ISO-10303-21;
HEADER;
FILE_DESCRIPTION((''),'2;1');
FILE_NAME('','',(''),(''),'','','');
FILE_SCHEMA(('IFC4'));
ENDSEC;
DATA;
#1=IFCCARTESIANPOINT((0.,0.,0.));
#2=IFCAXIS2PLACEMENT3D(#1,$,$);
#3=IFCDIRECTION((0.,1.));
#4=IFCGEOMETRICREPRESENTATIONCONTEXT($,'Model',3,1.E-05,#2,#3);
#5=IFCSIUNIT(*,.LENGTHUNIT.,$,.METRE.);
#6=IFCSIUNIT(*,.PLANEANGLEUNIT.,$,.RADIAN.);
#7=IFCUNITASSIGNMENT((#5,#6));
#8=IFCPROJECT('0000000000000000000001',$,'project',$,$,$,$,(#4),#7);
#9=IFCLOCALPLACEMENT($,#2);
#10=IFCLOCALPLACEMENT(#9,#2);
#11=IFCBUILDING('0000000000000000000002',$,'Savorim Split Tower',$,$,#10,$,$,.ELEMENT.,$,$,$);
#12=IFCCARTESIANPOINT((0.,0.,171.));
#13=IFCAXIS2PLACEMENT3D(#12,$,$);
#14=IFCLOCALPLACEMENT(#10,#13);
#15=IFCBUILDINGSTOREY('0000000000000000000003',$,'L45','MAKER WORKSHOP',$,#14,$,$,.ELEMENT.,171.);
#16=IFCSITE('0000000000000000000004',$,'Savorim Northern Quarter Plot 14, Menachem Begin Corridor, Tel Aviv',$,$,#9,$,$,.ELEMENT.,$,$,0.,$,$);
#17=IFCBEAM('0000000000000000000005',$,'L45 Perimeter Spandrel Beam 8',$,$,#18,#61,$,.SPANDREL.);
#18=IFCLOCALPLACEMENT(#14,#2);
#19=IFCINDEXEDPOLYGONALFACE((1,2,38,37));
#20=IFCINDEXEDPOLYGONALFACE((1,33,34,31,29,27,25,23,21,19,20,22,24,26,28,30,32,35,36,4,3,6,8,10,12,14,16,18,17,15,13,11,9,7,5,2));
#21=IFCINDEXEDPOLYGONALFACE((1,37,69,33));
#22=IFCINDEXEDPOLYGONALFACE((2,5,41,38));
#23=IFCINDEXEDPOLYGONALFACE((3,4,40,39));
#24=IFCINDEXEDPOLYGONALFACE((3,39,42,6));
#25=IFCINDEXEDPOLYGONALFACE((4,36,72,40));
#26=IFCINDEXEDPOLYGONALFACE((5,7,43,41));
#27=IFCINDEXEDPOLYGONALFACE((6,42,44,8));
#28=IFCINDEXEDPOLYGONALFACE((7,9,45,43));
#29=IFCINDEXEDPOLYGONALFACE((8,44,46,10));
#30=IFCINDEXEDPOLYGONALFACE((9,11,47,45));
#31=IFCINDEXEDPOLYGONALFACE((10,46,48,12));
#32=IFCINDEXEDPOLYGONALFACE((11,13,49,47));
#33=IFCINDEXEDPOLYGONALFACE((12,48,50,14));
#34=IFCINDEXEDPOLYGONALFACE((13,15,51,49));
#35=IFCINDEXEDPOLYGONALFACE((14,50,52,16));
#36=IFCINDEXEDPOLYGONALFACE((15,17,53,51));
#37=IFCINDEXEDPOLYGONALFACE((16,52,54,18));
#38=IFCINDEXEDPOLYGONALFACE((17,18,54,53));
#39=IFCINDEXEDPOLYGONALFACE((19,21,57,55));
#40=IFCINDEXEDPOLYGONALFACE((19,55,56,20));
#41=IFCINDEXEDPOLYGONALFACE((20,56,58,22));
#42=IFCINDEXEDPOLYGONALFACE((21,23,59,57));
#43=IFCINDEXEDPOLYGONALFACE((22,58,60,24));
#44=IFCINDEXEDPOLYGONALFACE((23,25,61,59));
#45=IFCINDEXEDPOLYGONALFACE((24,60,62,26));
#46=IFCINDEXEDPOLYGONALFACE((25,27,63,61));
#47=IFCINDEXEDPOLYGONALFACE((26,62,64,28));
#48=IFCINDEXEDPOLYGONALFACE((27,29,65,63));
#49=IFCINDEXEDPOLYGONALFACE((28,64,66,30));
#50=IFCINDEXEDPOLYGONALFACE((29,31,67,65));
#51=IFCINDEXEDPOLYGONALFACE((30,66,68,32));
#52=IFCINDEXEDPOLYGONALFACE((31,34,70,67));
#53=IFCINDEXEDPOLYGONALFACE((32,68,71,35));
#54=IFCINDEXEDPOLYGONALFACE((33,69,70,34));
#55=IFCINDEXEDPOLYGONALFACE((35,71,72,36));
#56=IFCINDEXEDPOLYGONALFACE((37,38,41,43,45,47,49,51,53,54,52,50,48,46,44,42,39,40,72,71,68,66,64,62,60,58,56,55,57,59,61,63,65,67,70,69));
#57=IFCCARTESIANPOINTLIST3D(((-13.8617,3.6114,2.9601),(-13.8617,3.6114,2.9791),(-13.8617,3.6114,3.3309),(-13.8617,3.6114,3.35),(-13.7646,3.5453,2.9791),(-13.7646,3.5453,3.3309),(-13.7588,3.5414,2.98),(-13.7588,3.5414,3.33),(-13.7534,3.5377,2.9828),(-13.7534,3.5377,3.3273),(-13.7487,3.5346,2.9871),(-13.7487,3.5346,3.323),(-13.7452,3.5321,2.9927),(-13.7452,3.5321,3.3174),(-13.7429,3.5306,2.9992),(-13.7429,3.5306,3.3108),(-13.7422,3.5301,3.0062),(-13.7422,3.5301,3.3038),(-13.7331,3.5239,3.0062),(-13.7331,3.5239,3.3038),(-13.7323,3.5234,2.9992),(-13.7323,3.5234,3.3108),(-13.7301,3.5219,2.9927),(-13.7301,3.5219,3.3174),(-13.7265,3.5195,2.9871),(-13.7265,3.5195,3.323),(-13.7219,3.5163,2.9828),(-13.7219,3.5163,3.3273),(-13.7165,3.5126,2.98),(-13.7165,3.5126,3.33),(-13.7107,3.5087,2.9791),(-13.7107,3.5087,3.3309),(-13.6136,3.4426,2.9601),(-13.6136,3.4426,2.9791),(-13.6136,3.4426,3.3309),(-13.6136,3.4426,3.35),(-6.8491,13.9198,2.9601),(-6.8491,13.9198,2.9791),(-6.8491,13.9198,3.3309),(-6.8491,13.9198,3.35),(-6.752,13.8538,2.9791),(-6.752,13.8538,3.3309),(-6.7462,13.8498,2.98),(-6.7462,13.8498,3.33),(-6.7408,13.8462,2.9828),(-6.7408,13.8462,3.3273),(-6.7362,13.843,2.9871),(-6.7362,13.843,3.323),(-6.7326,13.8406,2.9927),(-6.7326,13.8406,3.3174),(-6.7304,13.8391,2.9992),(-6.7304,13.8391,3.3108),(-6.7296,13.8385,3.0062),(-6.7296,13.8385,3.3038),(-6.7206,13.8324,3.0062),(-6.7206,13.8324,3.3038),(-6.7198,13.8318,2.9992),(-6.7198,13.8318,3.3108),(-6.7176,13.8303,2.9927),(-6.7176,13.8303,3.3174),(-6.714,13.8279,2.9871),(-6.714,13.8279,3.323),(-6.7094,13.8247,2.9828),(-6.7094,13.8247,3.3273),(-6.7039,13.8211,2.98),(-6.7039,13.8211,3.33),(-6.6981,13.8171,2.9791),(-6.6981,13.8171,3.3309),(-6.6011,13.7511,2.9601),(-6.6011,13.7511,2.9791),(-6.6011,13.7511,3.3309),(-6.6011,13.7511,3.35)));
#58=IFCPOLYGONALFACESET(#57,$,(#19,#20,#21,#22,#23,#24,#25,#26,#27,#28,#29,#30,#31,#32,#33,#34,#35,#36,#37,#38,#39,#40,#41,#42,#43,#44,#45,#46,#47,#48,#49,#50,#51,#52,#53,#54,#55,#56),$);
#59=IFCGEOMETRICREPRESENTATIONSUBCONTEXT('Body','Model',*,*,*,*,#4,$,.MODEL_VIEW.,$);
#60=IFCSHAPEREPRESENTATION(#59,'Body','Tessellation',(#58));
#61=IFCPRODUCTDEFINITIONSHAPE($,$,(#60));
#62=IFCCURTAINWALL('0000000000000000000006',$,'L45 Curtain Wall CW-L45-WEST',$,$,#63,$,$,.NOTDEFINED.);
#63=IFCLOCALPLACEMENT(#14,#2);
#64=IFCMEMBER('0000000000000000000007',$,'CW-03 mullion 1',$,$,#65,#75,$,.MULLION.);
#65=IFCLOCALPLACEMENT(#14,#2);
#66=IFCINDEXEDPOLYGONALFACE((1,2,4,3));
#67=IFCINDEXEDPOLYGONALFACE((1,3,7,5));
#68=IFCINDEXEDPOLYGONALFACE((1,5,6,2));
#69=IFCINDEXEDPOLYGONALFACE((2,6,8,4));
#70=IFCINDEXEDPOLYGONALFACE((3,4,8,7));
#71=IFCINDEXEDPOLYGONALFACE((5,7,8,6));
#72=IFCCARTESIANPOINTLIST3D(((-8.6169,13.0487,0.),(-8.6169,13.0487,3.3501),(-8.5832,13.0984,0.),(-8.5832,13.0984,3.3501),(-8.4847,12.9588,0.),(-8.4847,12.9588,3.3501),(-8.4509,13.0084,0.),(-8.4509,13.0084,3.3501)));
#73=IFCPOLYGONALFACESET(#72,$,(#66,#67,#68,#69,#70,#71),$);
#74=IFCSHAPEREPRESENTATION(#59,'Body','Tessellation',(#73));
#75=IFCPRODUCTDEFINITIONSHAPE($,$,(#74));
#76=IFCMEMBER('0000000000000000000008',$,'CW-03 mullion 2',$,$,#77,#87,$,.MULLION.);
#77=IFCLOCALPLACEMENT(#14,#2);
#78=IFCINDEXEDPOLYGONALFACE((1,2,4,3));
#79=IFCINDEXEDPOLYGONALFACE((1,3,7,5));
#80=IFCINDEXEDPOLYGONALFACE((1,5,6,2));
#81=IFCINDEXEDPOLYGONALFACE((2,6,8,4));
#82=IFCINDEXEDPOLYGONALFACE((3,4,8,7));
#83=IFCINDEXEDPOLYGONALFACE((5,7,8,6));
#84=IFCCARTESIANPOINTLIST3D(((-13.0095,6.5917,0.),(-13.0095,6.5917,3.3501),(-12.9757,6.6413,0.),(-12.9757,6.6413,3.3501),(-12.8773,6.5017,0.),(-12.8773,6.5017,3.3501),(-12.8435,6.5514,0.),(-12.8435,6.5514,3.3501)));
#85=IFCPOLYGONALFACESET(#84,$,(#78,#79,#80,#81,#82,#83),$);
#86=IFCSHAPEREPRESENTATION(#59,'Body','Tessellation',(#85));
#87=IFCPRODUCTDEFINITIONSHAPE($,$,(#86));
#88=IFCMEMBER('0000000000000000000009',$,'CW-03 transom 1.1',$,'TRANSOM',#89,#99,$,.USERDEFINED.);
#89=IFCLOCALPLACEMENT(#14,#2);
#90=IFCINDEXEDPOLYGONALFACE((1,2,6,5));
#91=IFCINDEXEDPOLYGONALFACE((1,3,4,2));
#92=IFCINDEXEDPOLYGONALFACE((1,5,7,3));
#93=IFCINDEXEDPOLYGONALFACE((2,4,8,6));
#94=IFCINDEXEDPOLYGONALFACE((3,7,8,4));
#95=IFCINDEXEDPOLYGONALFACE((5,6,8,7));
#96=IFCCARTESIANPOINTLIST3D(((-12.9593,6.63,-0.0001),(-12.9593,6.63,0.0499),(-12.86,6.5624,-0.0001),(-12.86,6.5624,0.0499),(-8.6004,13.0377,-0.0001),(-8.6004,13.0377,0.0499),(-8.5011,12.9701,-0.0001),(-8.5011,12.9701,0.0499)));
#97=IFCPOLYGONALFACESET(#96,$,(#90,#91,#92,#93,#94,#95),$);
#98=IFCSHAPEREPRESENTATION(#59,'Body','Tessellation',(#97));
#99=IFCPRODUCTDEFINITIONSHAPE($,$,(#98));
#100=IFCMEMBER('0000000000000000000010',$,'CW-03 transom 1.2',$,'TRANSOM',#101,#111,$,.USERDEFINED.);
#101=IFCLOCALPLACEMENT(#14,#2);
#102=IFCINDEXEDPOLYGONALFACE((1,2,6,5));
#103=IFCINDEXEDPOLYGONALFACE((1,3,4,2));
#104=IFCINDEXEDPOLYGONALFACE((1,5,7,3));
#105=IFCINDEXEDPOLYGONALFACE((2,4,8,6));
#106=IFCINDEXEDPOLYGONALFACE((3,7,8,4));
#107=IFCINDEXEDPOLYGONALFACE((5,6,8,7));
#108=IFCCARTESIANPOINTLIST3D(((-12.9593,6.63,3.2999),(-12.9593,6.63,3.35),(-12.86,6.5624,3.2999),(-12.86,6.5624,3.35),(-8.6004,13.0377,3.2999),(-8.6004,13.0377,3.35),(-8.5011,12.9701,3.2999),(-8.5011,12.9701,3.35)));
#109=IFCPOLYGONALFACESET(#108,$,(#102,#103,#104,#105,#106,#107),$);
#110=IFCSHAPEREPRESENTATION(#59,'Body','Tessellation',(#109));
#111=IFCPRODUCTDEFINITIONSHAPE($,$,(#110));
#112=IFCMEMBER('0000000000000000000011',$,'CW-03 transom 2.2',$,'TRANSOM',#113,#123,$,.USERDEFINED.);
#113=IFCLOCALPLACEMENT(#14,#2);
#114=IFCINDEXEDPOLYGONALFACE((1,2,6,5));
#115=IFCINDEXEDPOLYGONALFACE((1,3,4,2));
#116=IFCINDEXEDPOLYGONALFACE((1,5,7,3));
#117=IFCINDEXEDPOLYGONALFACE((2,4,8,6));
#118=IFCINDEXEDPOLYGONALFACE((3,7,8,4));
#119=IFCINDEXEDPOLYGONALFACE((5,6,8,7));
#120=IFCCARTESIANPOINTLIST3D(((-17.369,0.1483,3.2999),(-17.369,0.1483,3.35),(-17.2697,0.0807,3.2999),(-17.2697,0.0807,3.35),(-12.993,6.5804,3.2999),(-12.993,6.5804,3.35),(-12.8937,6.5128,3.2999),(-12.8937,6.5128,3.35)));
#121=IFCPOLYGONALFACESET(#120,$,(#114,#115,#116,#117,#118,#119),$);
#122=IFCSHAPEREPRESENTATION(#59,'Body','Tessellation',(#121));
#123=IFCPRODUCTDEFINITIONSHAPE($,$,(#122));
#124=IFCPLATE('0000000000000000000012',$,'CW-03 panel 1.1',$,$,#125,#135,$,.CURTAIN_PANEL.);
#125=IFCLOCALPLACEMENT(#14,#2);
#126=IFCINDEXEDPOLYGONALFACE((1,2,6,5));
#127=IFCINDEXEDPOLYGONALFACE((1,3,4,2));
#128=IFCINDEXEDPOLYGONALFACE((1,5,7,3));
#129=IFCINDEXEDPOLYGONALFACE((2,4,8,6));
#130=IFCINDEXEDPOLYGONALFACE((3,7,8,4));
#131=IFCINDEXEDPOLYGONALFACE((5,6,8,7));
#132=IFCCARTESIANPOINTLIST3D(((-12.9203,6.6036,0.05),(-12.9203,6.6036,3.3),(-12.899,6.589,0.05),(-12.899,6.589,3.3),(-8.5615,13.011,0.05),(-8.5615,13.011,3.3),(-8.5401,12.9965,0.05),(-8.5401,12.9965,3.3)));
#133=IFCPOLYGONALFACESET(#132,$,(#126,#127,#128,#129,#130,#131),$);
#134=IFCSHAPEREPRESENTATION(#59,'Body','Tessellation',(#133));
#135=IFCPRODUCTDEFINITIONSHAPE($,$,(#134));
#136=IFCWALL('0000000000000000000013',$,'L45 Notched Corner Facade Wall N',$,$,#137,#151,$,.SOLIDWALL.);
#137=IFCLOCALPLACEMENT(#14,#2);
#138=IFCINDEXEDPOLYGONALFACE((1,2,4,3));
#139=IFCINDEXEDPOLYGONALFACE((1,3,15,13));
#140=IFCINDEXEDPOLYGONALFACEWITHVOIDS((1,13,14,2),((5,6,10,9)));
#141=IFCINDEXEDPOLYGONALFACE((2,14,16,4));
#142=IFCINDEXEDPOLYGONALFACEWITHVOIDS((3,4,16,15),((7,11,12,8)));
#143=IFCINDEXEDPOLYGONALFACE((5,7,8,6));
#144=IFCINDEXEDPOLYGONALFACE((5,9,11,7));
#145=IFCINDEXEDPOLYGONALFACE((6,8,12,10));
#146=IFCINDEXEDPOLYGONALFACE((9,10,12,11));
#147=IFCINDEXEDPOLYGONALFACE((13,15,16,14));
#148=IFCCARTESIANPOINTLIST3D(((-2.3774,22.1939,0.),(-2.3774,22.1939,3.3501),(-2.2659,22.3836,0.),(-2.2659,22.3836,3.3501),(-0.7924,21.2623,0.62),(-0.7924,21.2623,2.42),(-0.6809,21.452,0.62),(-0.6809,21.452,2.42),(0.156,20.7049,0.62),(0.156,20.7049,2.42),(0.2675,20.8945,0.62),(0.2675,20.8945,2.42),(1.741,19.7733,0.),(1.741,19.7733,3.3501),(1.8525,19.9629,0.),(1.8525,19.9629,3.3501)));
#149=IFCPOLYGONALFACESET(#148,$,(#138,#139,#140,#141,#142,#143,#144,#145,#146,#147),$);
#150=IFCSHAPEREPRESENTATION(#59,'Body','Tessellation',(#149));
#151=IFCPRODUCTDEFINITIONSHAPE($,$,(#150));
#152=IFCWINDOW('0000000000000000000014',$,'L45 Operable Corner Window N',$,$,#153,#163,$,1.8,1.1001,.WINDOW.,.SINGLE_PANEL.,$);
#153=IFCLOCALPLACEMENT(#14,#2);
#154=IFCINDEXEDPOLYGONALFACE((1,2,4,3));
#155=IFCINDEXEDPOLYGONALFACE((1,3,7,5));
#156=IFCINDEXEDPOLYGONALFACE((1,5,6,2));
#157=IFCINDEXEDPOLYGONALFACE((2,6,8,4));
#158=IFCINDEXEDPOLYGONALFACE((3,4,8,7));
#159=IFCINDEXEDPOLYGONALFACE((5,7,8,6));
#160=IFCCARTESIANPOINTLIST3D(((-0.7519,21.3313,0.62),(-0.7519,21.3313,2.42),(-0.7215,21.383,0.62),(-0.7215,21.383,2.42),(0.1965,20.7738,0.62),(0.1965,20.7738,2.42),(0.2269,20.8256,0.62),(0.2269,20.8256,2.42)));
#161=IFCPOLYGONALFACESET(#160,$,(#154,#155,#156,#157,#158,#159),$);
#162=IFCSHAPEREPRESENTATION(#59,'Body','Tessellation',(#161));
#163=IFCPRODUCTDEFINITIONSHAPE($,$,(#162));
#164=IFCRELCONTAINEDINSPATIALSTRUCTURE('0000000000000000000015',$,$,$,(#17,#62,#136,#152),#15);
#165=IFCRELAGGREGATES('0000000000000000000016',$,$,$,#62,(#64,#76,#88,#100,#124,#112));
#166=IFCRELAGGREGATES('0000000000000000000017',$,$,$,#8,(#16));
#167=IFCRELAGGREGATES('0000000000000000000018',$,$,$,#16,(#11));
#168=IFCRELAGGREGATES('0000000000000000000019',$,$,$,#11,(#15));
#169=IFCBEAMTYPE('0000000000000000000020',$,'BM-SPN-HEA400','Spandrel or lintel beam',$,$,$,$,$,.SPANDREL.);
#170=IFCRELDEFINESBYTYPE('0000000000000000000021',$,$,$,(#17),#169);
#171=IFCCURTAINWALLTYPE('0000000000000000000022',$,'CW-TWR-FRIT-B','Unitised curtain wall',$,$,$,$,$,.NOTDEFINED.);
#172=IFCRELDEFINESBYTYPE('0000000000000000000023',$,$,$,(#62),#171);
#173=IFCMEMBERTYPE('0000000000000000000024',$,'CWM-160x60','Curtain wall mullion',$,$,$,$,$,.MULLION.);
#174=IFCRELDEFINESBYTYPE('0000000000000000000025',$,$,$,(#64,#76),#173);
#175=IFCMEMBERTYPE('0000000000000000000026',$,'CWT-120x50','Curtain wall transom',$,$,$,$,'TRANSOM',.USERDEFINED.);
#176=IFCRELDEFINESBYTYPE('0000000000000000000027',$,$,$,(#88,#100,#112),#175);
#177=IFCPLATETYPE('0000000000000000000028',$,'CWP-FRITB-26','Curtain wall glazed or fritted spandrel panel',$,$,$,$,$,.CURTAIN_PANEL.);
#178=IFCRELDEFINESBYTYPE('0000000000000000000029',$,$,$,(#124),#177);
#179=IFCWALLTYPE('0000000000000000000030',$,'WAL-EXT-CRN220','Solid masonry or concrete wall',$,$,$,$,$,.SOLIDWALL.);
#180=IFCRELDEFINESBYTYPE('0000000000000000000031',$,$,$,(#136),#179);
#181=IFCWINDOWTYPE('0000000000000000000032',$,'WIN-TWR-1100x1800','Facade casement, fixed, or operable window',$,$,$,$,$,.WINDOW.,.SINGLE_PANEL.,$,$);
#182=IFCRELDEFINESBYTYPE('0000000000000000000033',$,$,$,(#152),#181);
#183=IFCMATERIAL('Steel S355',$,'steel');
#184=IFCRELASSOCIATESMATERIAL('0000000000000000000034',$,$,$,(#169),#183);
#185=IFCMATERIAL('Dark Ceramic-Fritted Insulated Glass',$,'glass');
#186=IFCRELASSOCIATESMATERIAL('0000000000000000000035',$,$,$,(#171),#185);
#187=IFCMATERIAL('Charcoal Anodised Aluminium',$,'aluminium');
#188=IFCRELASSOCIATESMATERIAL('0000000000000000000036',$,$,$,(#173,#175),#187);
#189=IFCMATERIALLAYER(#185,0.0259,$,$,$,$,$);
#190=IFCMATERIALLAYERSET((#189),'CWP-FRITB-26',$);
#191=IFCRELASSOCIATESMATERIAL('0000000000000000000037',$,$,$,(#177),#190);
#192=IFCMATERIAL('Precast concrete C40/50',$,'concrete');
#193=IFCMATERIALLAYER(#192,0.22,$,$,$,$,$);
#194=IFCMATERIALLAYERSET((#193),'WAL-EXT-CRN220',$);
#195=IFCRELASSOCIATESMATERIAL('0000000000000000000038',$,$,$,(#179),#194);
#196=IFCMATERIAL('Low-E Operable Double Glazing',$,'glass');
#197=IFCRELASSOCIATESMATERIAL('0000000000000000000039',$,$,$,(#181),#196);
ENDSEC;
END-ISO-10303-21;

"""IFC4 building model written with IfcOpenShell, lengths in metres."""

from ifc_helpers import new_model, si_unit, direction, frame, frame_2d, origin, origin_2d, place, context, subcontext, project, spatial, rectangle, i_section, extrude, material, layer, layer_set, material_profile, profile_set, type_object, element, fill, aggregate, save


model = new_model("IFC4")

# Units and contexts
model_context = context("Model", 3, precision=1e-05, world=origin(), true_north=direction((0.0, 1.0)))
body_context = subcontext(model_context, "Body", "Model", "MODEL_VIEW")
ifc_project = project(units=[si_unit("LENGTHUNIT", "METRE"), si_unit("PLANEANGLEUNIT", "RADIAN")], contexts=[model_context])

# Site, building, storey
site_placement = place(None, origin())
site = spatial("IfcSite", under=ifc_project, at=site_placement, Name="Savorim Northern Quarter Plot 14, Menachem Begin Corridor, Tel Aviv", CompositionType="ELEMENT", RefElevation=0.0)
building_placement = place(site_placement, origin())
building = spatial("IfcBuilding", under=site, at=building_placement, Name="Savorim Split Tower", CompositionType="ELEMENT")
storey_placement = place(building_placement, frame((0.0, 0.0, 171.0)))
storey = spatial("IfcBuildingStorey", under=building, at=storey_placement, Name="L45", Description="MAKER WORKSHOP", CompositionType="ELEMENT", Elevation=171.0)

# Beam
ifc_material_1 = material(Name="Steel S355", Category="steel")
ifc_material_profile_1 = material_profile(ifc_material_1, i_section(OverallWidth=0.3, OverallDepth=0.3899, WebThickness=0.011, FlangeThickness=0.019, FilletRadius=0.0271, at=origin_2d()), Name="HEA 400")
ifc_profile_set_1 = profile_set([ifc_material_profile_1], Name="Steel S355")
beam_type_1 = type_object("IfcBeamType", Name="BM-SPN-HEA400", Description="Spandrel or lintel beam", PredefinedType="SPANDREL", material=ifc_profile_set_1)
beam_1_placement = place(storey_placement, frame((-6.7251, 13.8354, 3.155), z_axis=(-0.562462, -0.826823, 0.0), x_axis=(0.826823, -0.562462, 0.0)))
element("IfcBeam", 1, at=beam_1_placement, inside=storey, type_object=beam_type_1, Name="L45 Perimeter Spandrel Beam 8", PredefinedType="SPANDREL", context=body_context, shape_type="SweptSolid", body=[
    extrude(i_section(OverallWidth=0.3, OverallDepth=0.3899, WebThickness=0.011, FlangeThickness=0.019, FilletRadius=0.0271, at=origin_2d()), origin(), (0.0, 0.0, 1.0), 12.4675),
])

# Curtain wall, members, plate
ifc_material_2 = material(Name="Dark Ceramic-Fritted Insulated Glass", Category="glass")
curtain_wall_type = type_object("IfcCurtainWallType", Name="CW-TWR-FRIT-B", Description="Unitised curtain wall", PredefinedType="NOTDEFINED", material=ifc_material_2)
curtain_wall_placement = place(storey_placement, origin())
curtain_wall = element("IfcCurtainWall", 2, at=curtain_wall_placement, inside=storey, type_object=curtain_wall_type, Name="L45 Curtain Wall CW-L45-WEST", PredefinedType="NOTDEFINED")
ifc_material_3 = material(Name="Charcoal Anodised Aluminium", Category="aluminium")
ifc_material_profile_2 = material_profile(ifc_material_3, rectangle(XDim=0.1599, YDim=0.0601, at=origin_2d()), Name="ALU-M 160x60")
ifc_profile_set_2 = profile_set([ifc_material_profile_2], Name="Charcoal Anodised Aluminium")
member_type_1 = type_object("IfcMemberType", Name="CWM-160x60", Description="Curtain wall mullion", PredefinedType="MULLION", material=ifc_profile_set_2)
member_1_placement = place(storey_placement, frame((-8.5339, 13.0286, 0.0), z_axis=(0.0, 0.0, 1.0), x_axis=(0.826819, -0.562468, 0.0)))
member_1 = element("IfcMember", 3, at=member_1_placement, type_object=member_type_1, Name="CW-03 mullion 1", PredefinedType="MULLION", context=body_context, shape_type="SweptSolid", body=[
    extrude(rectangle(XDim=0.1599, YDim=0.0601, at=origin_2d()), origin(), (0.0, 0.0, 1.0), 3.3501),
])
member_2_placement = place(storey_placement, frame((-12.9265, 6.5715, 0.0), z_axis=(0.0, 0.0, 1.0), x_axis=(0.826819, -0.562468, 0.0)))
member_2 = element("IfcMember", 4, at=member_2_placement, type_object=member_type_1, Name="CW-03 mullion 2", PredefinedType="MULLION", context=body_context, shape_type="SweptSolid", body=[
    extrude(rectangle(XDim=0.1599, YDim=0.0601, at=origin_2d()), origin(), (0.0, 0.0, 1.0), 3.3501),
])
ifc_material_profile_3 = material_profile(ifc_material_3, rectangle(XDim=0.1201, YDim=0.05, at=origin_2d()), Name="ALU-T 120x50")
ifc_profile_set_3 = profile_set([ifc_material_profile_3], Name="Charcoal Anodised Aluminium")
member_type_2 = type_object("IfcMemberType", Name="CWT-120x50", Description="Curtain wall transom", ElementType="TRANSOM", PredefinedType="USERDEFINED", material=ifc_profile_set_3)
member_3_placement = place(storey_placement, frame((-8.5508, 13.0039, 0.0249), z_axis=(-0.562455, -0.826828, 0.0), x_axis=(0.826828, -0.562455, 0.0)))
member_3 = element("IfcMember", 5, at=member_3_placement, type_object=member_type_2, Name="CW-03 transom 1.1", ObjectType="TRANSOM", PredefinedType="USERDEFINED", context=body_context, shape_type="SweptSolid", body=[
    extrude(rectangle(XDim=0.1201, YDim=0.05, at=origin_2d()), origin(), (0.0, 0.0, 1.0), 7.7498),
])
member_4_placement = place(storey_placement, frame((-8.5508, 13.0039, 3.325), z_axis=(-0.562455, -0.826828, 0.0), x_axis=(0.826828, -0.562455, 0.0)))
member_4 = element("IfcMember", 6, at=member_4_placement, type_object=member_type_2, Name="CW-03 transom 1.2", ObjectType="TRANSOM", PredefinedType="USERDEFINED", context=body_context, shape_type="SweptSolid", body=[
    extrude(rectangle(XDim=0.1201, YDim=0.05, at=origin_2d()), origin(), (0.0, 0.0, 1.0), 7.7498),
])
member_5_placement = place(storey_placement, frame((-12.9434, 6.5466, 3.325), z_axis=(-0.562497, -0.826799, 0.0), x_axis=(0.826799, -0.562497, 0.0)))
member_5 = element("IfcMember", 7, at=member_5_placement, type_object=member_type_2, Name="CW-03 transom 2.2", ObjectType="TRANSOM", PredefinedType="USERDEFINED", context=body_context, shape_type="SweptSolid", body=[
    extrude(rectangle(XDim=0.1201, YDim=0.05, at=origin_2d()), origin(), (0.0, 0.0, 1.0), 7.7795),
])
ifc_layer_1 = layer(ifc_material_2, 0.0259)
ifc_layer_set_1 = layer_set([ifc_layer_1], Name="CWP-FRITB-26")
plate_type = type_object("IfcPlateType", Name="CWP-FRITB-26", Description="Curtain wall glazed or fritted spandrel panel", PredefinedType="CURTAIN_PANEL", material=ifc_layer_set_1)
plate_placement = place(storey_placement, frame((-10.7302, 9.8, 0.05), z_axis=(0.0, 0.0, 1.0), x_axis=(-0.562468, -0.826819, 0.0)))
plate = element("IfcPlate", 8, at=plate_placement, type_object=plate_type, Name="CW-03 panel 1.1", PredefinedType="CURTAIN_PANEL", context=body_context, shape_type="SweptSolid", body=[
    extrude(rectangle(XDim=7.7495, YDim=0.0259, at=origin_2d()), origin(), (0.0, 0.0, 1.0), 3.25),
])
aggregate(curtain_wall, [member_1, member_2, member_3, member_4, plate, member_5])

# Wall, opening, window
ifc_material_4 = material(Name="Precast concrete C40/50", Category="concrete")
ifc_layer_2 = layer(ifc_material_4, 0.22)
ifc_layer_set_2 = layer_set([ifc_layer_2], Name="WAL-EXT-CRN220")
wall_type_1 = type_object("IfcWallType", Name="WAL-EXT-CRN220", Description="Solid masonry or concrete wall", PredefinedType="SOLIDWALL", material=ifc_layer_set_2)
wall_1_placement = place(storey_placement, frame((-2.3218, 22.2888, 0.0), z_axis=(0.0, 0.0, 1.0), x_axis=(0.862112, -0.506719, 0.0)))
wall_1 = element("IfcWall", 9, at=wall_1_placement, inside=storey, type_object=wall_type_1, Name="L45 Notched Corner Facade Wall N", PredefinedType="SOLIDWALL", context=body_context, shape_type="SweptSolid", body=[
    extrude(rectangle(XDim=4.7771, YDim=0.22, at=frame_2d((2.3887, 0.0))), origin(), (0.0, 0.0, 1.0), 3.3501),
])
opening_1_placement = place(wall_1_placement, frame((1.8386, 0.0, 0.6201)))
opening_1 = element("IfcOpeningElement", 10, at=opening_1_placement, cuts=wall_1, PredefinedType="OPENING", context=body_context, shape_type="SweptSolid", body=[
    extrude(rectangle(XDim=1.1001, YDim=1.8, at=frame_2d((0.55, 0.8999))), frame((0.0, 0.1199, 0.0), z_axis=(0.0, -1.0, 0.0), x_axis=(1.0, 0.0, 0.0)), (0.0, 0.0, 1.0), 0.24),
])
ifc_material_5 = material(Name="Low-E Operable Double Glazing", Category="glass")
window_type_1 = type_object("IfcWindowType", Name="WIN-TWR-1100x1800", Description="Facade casement, fixed, or operable window", PartitioningType="SINGLE_PANEL", PredefinedType="WINDOW", material=ifc_material_5)
window_1_placement = place(opening_1_placement, origin())
window_1 = element("IfcWindow", 11, at=window_1_placement, inside=storey, type_object=window_type_1, Name="L45 Operable Corner Window N", OverallHeight=1.8, OverallWidth=1.1001, PartitioningType="SINGLE_PANEL", PredefinedType="WINDOW", context=body_context, shape_type="SweptSolid", body=[
    extrude(rectangle(XDim=1.1001, YDim=1.8, at=frame_2d((0.55, 0.8999))), frame((0.0, 0.03, 0.0), z_axis=(0.0, -1.0, 0.0), x_axis=(1.0, 0.0, 0.0)), (0.0, 0.0, 1.0), 0.0601),
])
fill(opening_1, window_1)

save(model, "model.ifc")
